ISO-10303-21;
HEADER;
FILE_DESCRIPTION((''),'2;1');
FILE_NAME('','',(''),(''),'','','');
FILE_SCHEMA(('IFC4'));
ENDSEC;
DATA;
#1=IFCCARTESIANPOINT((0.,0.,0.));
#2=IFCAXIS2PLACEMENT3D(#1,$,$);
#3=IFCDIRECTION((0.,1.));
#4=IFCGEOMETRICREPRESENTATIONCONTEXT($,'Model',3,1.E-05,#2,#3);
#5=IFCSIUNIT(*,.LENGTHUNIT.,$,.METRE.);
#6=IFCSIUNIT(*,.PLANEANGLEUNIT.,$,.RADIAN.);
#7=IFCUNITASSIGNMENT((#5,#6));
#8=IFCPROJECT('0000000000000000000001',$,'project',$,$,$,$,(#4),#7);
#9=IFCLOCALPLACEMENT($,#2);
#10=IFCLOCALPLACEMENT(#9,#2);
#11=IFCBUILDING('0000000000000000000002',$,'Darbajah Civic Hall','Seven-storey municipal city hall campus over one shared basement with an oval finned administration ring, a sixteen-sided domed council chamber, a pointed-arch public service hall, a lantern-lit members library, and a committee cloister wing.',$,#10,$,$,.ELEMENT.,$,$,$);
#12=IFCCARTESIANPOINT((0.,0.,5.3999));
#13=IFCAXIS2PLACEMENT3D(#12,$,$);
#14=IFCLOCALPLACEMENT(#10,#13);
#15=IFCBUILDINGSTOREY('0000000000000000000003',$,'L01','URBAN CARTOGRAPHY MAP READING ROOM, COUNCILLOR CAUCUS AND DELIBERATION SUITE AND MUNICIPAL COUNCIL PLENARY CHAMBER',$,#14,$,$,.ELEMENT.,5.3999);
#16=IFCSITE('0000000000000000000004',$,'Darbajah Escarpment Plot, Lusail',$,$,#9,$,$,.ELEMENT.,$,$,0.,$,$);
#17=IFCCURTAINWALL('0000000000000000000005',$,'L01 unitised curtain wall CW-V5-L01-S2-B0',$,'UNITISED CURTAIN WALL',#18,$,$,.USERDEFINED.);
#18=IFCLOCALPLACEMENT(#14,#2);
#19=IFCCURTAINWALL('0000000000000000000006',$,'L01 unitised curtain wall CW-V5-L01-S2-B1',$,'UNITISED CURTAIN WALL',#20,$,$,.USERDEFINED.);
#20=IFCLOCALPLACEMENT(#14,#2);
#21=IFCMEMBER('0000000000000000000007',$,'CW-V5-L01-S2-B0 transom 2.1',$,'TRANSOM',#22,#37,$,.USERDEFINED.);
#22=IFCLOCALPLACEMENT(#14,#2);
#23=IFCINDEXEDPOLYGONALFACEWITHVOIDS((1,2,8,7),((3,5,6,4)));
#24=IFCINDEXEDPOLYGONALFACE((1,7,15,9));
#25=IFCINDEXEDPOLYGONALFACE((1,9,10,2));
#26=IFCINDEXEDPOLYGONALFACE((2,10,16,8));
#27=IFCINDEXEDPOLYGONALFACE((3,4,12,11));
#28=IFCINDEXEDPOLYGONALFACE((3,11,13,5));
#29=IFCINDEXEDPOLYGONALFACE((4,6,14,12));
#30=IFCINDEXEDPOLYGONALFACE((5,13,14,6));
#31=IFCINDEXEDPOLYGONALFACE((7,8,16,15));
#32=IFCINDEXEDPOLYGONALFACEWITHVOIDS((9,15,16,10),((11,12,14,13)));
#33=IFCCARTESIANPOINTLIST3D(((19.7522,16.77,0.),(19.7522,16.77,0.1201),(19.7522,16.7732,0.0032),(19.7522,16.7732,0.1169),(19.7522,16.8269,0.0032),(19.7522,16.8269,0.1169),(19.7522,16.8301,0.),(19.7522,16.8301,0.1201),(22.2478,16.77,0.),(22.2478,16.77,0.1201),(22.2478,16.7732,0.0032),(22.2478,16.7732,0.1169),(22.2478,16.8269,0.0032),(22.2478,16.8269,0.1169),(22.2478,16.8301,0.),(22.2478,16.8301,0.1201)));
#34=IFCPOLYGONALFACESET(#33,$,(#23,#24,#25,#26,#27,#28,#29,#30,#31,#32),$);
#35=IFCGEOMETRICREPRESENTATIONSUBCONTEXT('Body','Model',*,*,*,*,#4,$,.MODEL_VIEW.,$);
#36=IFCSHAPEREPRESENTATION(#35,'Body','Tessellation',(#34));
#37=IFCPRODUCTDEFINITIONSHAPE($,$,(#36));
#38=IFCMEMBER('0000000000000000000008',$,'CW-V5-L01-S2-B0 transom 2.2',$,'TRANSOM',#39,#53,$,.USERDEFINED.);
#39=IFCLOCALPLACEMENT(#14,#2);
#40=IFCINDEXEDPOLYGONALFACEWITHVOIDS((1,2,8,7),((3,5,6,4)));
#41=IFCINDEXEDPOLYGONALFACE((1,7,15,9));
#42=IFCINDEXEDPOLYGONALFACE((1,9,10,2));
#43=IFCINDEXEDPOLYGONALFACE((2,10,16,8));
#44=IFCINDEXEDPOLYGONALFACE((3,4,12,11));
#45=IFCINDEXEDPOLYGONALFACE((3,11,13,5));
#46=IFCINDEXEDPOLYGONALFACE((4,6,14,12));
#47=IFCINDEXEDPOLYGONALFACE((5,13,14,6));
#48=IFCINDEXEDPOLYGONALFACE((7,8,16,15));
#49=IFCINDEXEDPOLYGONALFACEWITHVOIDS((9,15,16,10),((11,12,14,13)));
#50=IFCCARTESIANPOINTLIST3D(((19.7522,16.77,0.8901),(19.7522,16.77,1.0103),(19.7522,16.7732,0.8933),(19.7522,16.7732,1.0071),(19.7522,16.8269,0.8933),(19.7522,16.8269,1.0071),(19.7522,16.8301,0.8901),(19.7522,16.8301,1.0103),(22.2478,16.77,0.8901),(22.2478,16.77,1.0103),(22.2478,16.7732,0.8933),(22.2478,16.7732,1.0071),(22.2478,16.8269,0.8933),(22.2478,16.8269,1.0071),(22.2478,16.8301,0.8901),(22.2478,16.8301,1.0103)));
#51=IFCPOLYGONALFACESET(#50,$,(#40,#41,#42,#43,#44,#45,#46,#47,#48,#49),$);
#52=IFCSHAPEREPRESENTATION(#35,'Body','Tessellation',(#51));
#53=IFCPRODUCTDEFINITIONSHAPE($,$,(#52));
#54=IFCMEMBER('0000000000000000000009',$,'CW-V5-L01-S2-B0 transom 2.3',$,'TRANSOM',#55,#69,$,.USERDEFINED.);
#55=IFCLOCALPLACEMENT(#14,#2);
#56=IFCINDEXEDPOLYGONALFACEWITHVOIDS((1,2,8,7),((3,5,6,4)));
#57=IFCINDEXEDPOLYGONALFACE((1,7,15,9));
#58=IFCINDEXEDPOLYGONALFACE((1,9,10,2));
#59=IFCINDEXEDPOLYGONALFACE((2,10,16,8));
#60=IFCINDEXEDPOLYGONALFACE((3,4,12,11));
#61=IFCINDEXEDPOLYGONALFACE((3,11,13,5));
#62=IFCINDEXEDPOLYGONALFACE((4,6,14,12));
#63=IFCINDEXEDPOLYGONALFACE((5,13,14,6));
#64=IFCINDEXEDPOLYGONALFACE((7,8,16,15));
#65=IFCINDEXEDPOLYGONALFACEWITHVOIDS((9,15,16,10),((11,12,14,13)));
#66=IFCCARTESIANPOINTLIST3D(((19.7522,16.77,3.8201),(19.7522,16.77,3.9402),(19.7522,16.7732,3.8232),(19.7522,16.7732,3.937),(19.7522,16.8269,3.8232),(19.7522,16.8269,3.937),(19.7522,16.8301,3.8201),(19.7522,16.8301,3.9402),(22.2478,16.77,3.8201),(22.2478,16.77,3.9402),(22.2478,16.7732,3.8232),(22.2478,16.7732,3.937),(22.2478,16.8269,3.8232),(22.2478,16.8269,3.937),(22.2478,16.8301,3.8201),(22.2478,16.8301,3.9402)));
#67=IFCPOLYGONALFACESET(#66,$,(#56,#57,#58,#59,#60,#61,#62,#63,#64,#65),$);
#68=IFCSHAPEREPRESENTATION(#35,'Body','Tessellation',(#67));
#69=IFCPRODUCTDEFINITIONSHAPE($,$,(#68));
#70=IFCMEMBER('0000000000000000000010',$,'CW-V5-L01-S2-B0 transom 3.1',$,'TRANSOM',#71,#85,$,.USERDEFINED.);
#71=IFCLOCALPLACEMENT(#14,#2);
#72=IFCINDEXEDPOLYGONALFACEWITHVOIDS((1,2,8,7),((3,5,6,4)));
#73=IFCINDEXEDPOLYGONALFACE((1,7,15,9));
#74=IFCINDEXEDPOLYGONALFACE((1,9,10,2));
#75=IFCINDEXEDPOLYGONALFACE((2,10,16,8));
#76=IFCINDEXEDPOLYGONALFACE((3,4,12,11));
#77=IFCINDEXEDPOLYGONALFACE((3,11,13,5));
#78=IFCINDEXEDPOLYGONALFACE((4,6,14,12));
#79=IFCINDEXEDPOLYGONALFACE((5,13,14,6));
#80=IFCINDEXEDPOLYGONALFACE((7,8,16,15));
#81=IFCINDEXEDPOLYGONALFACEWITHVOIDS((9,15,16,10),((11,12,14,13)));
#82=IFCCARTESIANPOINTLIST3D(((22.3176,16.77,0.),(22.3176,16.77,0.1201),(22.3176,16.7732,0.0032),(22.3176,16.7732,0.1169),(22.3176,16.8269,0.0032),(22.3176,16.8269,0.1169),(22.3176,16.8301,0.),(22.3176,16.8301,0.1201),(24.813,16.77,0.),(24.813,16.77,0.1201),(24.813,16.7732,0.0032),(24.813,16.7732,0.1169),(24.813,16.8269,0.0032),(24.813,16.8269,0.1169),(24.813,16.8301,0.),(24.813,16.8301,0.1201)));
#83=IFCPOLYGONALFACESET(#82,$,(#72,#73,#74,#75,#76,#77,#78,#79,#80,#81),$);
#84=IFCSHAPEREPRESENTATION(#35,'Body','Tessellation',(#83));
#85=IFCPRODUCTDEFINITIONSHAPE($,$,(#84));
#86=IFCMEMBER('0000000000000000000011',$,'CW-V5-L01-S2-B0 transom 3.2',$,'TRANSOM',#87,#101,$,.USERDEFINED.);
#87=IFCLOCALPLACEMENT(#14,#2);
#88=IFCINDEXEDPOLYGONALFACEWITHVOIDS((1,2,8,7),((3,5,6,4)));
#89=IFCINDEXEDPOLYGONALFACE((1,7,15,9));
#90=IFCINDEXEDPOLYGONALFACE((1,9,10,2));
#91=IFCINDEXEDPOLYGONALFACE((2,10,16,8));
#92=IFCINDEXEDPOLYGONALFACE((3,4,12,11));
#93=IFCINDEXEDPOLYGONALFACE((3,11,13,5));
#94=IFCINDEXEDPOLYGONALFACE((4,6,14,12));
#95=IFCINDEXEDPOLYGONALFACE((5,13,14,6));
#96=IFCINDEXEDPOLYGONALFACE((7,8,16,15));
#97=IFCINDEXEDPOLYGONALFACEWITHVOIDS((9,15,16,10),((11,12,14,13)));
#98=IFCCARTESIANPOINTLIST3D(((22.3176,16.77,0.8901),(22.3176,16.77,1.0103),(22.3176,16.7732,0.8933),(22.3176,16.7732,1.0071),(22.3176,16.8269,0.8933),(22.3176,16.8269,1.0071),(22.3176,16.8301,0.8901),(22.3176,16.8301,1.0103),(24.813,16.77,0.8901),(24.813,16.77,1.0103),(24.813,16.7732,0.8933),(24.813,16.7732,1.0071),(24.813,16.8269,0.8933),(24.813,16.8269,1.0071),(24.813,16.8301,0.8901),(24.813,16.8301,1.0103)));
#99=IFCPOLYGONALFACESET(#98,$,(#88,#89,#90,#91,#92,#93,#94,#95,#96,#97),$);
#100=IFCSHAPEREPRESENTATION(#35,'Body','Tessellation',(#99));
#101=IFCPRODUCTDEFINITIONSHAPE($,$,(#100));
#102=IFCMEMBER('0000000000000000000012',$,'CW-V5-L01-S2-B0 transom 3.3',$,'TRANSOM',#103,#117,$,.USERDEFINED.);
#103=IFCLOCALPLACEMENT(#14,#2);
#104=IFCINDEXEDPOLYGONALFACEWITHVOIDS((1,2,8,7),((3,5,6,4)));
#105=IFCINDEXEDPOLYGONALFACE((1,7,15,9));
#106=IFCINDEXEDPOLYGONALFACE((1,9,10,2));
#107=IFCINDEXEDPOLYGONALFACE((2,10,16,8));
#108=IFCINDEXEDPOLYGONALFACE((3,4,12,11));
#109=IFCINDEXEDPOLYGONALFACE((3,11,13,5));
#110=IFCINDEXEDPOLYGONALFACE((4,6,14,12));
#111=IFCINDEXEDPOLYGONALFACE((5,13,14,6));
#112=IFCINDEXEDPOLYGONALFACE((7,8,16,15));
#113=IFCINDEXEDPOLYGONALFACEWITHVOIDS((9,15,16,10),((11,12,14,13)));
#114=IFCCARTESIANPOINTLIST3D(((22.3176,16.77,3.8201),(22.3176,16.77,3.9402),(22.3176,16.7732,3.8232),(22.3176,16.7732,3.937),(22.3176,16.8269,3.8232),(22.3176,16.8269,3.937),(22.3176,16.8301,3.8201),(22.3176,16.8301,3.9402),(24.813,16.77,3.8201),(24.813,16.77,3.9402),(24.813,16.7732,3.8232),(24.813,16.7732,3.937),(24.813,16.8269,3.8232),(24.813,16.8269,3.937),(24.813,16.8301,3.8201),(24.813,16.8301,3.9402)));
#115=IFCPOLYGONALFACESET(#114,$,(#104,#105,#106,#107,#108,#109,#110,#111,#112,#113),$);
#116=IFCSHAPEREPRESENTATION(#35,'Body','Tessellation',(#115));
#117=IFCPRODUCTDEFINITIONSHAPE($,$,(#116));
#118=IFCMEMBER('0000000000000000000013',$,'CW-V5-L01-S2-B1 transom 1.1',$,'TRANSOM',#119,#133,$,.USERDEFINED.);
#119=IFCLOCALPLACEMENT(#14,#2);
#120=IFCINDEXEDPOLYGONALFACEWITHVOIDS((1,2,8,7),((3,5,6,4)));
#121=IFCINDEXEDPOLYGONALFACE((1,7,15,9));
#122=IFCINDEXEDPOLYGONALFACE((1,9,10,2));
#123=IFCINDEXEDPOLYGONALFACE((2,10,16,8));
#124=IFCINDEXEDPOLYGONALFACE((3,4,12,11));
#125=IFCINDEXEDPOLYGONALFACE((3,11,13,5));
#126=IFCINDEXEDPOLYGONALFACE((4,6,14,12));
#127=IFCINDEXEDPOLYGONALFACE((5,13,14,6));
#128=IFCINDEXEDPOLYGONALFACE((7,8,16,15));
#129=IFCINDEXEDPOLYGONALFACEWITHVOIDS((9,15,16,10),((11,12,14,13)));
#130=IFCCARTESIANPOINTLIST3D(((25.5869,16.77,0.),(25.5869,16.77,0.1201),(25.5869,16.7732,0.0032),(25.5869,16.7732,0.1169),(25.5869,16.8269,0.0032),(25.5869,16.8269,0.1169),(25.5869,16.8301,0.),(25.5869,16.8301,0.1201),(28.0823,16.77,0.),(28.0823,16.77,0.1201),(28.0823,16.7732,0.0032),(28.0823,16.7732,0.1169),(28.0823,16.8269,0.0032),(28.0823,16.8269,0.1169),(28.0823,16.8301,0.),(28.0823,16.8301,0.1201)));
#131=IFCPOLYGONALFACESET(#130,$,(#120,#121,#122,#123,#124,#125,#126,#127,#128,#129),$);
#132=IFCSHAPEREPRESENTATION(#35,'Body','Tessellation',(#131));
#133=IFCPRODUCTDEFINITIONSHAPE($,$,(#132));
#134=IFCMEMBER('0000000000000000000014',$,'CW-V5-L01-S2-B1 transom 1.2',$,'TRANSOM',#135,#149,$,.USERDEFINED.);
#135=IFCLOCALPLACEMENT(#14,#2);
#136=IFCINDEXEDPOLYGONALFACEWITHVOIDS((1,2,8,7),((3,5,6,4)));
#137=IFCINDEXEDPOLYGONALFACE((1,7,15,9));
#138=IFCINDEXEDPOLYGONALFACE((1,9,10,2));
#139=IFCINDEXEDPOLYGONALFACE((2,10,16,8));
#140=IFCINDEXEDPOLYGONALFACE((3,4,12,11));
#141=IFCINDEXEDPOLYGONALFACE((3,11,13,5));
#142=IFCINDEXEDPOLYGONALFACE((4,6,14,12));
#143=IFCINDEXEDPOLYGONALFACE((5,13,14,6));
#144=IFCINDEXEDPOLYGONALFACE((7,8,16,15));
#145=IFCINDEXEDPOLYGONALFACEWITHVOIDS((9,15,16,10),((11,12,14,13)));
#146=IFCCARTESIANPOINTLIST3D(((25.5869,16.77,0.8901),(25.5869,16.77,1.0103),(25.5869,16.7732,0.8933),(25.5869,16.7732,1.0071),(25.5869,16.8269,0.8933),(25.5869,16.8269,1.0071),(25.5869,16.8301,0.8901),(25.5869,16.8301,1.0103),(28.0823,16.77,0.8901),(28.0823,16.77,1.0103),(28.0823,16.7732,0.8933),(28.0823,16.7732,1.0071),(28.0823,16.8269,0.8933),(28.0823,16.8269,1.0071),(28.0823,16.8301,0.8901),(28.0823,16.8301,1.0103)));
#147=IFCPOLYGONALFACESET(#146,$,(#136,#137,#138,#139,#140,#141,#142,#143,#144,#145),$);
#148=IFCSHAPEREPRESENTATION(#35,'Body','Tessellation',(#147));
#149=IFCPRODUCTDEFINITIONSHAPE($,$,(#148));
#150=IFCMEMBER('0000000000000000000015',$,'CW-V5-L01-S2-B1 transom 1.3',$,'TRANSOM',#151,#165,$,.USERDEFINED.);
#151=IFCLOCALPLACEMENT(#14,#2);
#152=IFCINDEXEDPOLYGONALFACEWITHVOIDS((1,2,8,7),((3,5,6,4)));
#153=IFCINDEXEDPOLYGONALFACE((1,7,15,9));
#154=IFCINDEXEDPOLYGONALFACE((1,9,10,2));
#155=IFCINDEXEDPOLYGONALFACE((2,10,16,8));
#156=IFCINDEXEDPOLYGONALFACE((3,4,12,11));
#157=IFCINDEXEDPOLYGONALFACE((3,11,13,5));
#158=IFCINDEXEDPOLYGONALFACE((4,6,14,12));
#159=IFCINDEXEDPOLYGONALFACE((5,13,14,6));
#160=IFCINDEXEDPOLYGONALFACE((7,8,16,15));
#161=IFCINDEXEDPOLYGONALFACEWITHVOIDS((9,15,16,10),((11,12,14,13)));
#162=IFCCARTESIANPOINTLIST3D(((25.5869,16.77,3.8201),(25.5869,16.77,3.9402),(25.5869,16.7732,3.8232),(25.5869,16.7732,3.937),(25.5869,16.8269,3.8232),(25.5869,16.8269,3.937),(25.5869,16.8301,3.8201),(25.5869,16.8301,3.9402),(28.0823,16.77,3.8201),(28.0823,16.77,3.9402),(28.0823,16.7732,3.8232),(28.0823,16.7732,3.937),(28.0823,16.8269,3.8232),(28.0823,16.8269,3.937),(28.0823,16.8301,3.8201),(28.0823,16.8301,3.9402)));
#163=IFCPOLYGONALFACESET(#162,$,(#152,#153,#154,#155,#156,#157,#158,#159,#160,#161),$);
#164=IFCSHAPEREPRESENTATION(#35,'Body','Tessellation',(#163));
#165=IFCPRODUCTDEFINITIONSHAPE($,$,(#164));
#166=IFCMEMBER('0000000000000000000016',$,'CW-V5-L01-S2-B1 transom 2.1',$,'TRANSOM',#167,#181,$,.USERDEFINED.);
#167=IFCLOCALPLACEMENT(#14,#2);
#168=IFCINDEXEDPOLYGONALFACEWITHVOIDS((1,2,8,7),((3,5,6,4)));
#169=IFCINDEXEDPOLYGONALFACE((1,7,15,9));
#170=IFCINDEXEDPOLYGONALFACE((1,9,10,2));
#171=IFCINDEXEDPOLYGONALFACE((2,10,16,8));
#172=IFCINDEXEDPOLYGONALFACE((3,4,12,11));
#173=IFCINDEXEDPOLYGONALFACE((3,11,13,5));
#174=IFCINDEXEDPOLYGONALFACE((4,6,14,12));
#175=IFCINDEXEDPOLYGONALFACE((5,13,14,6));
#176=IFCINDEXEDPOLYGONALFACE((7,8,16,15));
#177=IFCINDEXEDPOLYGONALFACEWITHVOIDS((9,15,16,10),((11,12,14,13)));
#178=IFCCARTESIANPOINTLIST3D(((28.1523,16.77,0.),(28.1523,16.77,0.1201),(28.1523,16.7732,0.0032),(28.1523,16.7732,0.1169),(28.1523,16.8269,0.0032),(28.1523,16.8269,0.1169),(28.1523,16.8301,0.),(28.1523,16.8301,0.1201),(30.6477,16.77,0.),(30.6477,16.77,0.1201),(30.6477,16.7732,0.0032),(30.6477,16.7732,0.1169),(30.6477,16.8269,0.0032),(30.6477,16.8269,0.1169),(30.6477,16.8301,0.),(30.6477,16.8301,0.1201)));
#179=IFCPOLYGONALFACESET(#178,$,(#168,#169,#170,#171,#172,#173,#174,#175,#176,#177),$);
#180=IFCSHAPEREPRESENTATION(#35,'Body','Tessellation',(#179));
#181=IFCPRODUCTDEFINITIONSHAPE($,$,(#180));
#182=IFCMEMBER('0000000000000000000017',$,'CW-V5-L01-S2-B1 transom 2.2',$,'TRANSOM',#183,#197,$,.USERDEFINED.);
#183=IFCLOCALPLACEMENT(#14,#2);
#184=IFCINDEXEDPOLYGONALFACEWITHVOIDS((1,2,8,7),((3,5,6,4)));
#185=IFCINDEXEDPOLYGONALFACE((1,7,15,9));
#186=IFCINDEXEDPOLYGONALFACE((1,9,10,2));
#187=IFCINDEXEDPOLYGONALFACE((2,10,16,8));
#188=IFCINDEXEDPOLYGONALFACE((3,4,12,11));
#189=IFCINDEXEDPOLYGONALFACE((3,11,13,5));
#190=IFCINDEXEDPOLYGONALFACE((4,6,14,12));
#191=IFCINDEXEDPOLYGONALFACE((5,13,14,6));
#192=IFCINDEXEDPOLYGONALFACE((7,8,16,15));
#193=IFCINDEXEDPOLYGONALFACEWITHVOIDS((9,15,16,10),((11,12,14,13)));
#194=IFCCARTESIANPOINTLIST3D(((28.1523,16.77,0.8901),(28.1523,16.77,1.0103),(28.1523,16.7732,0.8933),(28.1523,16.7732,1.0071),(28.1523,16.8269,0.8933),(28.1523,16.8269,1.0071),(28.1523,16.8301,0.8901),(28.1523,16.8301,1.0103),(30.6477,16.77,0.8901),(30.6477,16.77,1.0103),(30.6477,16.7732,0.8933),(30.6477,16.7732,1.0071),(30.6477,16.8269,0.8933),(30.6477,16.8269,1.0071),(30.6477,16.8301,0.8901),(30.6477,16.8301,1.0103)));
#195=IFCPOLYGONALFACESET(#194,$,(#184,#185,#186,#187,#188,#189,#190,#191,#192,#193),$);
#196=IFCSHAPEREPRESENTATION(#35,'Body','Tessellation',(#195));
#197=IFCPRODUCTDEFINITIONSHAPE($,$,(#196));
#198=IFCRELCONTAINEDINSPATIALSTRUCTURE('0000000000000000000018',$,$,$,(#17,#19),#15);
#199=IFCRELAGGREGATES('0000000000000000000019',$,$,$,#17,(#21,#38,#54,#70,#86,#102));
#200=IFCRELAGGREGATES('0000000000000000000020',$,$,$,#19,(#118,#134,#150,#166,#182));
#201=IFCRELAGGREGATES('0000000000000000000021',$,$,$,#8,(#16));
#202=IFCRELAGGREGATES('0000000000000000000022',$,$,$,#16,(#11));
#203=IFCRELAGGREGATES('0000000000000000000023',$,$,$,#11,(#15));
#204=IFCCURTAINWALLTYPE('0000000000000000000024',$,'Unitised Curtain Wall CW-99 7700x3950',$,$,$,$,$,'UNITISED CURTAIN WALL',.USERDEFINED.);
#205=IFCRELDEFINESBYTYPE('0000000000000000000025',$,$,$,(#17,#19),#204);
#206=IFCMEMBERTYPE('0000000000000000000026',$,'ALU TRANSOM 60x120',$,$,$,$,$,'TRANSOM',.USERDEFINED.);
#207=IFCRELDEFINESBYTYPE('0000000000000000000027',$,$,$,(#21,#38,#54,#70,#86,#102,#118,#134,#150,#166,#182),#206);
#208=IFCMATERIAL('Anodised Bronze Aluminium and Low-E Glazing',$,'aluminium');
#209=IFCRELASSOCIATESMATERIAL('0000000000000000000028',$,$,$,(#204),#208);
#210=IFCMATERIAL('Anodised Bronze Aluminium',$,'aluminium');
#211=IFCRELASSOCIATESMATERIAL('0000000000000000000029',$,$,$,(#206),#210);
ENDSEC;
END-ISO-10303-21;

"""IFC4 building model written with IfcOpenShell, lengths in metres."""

from ifc_helpers import new_model, si_unit, direction, frame, origin, origin_2d, place, context, subcontext, project, spatial, hollow_rectangle, extrude, material, material_profile, profile_set, type_object, element, aggregate, save


model = new_model("IFC4")

# Units and contexts
model_context = context("Model", 3, precision=1e-05, world=origin(), true_north=direction((0.0, 1.0)))
body_context = subcontext(model_context, "Body", "Model", "MODEL_VIEW")
ifc_project = project(units=[si_unit("LENGTHUNIT", "METRE"), si_unit("PLANEANGLEUNIT", "RADIAN")], contexts=[model_context])

# Site, building, storey
site_placement = place(None, origin())
site = spatial("IfcSite", under=ifc_project, at=site_placement, Name="Darbajah Escarpment Plot, Lusail", CompositionType="ELEMENT", RefElevation=0.0)
building_placement = place(site_placement, origin())
building = spatial("IfcBuilding", under=site, at=building_placement, Name="Darbajah Civic Hall", Description="Seven-storey municipal city hall campus over one shared basement with an oval finned administration ring, a sixteen-sided domed council chamber, a pointed-arch public service hall, a lantern-lit members library, and a committee cloister wing.", CompositionType="ELEMENT")
storey_placement = place(building_placement, frame((0.0, 0.0, 5.3999)))
storey = spatial("IfcBuildingStorey", under=building, at=storey_placement, Name="L01", Description="URBAN CARTOGRAPHY MAP READING ROOM, COUNCILLOR CAUCUS AND DELIBERATION SUITE AND MUNICIPAL COUNCIL PLENARY CHAMBER", CompositionType="ELEMENT", Elevation=5.3999)

# Curtain walls
ifc_material_1 = material(Name="Anodised Bronze Aluminium and Low-E Glazing", Category="aluminium")
curtain_wall_type = type_object("IfcCurtainWallType", Name="Unitised Curtain Wall CW-99 7700x3950", ElementType="UNITISED CURTAIN WALL", PredefinedType="USERDEFINED", material=ifc_material_1)
curtain_wall_1_placement = place(storey_placement, origin())
curtain_wall_1 = element("IfcCurtainWall", 1, at=curtain_wall_1_placement, inside=storey, type_object=curtain_wall_type, Name="L01 unitised curtain wall CW-V5-L01-S2-B0", ObjectType="UNITISED CURTAIN WALL", PredefinedType="USERDEFINED")
ifc_material_2 = material(Name="Anodised Bronze Aluminium", Category="aluminium")
curtain_wall_2_placement = place(storey_placement, origin())
curtain_wall_2 = element("IfcCurtainWall", 2, at=curtain_wall_2_placement, inside=storey, type_object=curtain_wall_type, Name="L01 unitised curtain wall CW-V5-L01-S2-B1", ObjectType="UNITISED CURTAIN WALL", PredefinedType="USERDEFINED")

# Members
ifc_material_profile_1 = material_profile(ifc_material_2, hollow_rectangle(XDim=0.0601, YDim=0.1201, WallThickness=0.0032, at=origin_2d()), Name="ALU TRANSOM 60x120")
ifc_profile_set_1 = profile_set([ifc_material_profile_1], Name="Anodised Bronze Aluminium")
member_type_1 = type_object("IfcMemberType", Name="ALU TRANSOM 60x120", ElementType="TRANSOM", PredefinedType="USERDEFINED", material=ifc_profile_set_1)
member_1_placement = place(storey_placement, frame((19.7522, 16.8, 0.0601), z_axis=(1.0, 0.0, 0.0), x_axis=(0.0, 1.0, 0.0)))
member_1 = element("IfcMember", 3, at=member_1_placement, type_object=member_type_1, Name="CW-V5-L01-S2-B0 transom 2.1", ObjectType="TRANSOM", PredefinedType="USERDEFINED", context=body_context, shape_type="SweptSolid", body=[
    extrude(hollow_rectangle(XDim=0.0601, YDim=0.1201, WallThickness=0.0032, at=origin_2d()), origin(), (0.0, 0.0, 1.0), 2.4956),
])
member_2_placement = place(storey_placement, frame((19.7522, 16.8, 0.9502), z_axis=(1.0, 0.0, 0.0), x_axis=(0.0, 1.0, 0.0)))
member_2 = element("IfcMember", 4, at=member_2_placement, type_object=member_type_1, Name="CW-V5-L01-S2-B0 transom 2.2", ObjectType="TRANSOM", PredefinedType="USERDEFINED", context=body_context, shape_type="SweptSolid", body=[
    extrude(hollow_rectangle(XDim=0.0601, YDim=0.1201, WallThickness=0.0032, at=origin_2d()), origin(), (0.0, 0.0, 1.0), 2.4956),
])
member_3_placement = place(storey_placement, frame((19.7522, 16.8, 3.8801), z_axis=(1.0, 0.0, 0.0), x_axis=(0.0, 1.0, 0.0)))
member_3 = element("IfcMember", 5, at=member_3_placement, type_object=member_type_1, Name="CW-V5-L01-S2-B0 transom 2.3", ObjectType="TRANSOM", PredefinedType="USERDEFINED", context=body_context, shape_type="SweptSolid", body=[
    extrude(hollow_rectangle(XDim=0.0601, YDim=0.1201, WallThickness=0.0032, at=origin_2d()), origin(), (0.0, 0.0, 1.0), 2.4956),
])
member_4_placement = place(storey_placement, frame((22.3176, 16.8, 0.0601), z_axis=(1.0, 0.0, 0.0), x_axis=(0.0, 1.0, 0.0)))
member_4 = element("IfcMember", 6, at=member_4_placement, type_object=member_type_1, Name="CW-V5-L01-S2-B0 transom 3.1", ObjectType="TRANSOM", PredefinedType="USERDEFINED", context=body_context, shape_type="SweptSolid", body=[
    extrude(hollow_rectangle(XDim=0.0601, YDim=0.1201, WallThickness=0.0032, at=origin_2d()), origin(), (0.0, 0.0, 1.0), 2.4954),
])
member_5_placement = place(storey_placement, frame((22.3176, 16.8, 0.9502), z_axis=(1.0, 0.0, 0.0), x_axis=(0.0, 1.0, 0.0)))
member_5 = element("IfcMember", 7, at=member_5_placement, type_object=member_type_1, Name="CW-V5-L01-S2-B0 transom 3.2", ObjectType="TRANSOM", PredefinedType="USERDEFINED", context=body_context, shape_type="SweptSolid", body=[
    extrude(hollow_rectangle(XDim=0.0601, YDim=0.1201, WallThickness=0.0032, at=origin_2d()), origin(), (0.0, 0.0, 1.0), 2.4954),
])
member_6_placement = place(storey_placement, frame((22.3176, 16.8, 3.8801), z_axis=(1.0, 0.0, 0.0), x_axis=(0.0, 1.0, 0.0)))
member_6 = element("IfcMember", 8, at=member_6_placement, type_object=member_type_1, Name="CW-V5-L01-S2-B0 transom 3.3", ObjectType="TRANSOM", PredefinedType="USERDEFINED", context=body_context, shape_type="SweptSolid", body=[
    extrude(hollow_rectangle(XDim=0.0601, YDim=0.1201, WallThickness=0.0032, at=origin_2d()), origin(), (0.0, 0.0, 1.0), 2.4954),
])
member_7_placement = place(storey_placement, frame((25.5869, 16.8, 0.0601), z_axis=(1.0, 0.0, 0.0), x_axis=(0.0, 1.0, 0.0)))
member_7 = element("IfcMember", 9, at=member_7_placement, type_object=member_type_1, Name="CW-V5-L01-S2-B1 transom 1.1", ObjectType="TRANSOM", PredefinedType="USERDEFINED", context=body_context, shape_type="SweptSolid", body=[
    extrude(hollow_rectangle(XDim=0.0601, YDim=0.1201, WallThickness=0.0032, at=origin_2d()), origin(), (0.0, 0.0, 1.0), 2.4954),
])
member_8_placement = place(storey_placement, frame((25.5869, 16.8, 0.9502), z_axis=(1.0, 0.0, 0.0), x_axis=(0.0, 1.0, 0.0)))
member_8 = element("IfcMember", 10, at=member_8_placement, type_object=member_type_1, Name="CW-V5-L01-S2-B1 transom 1.2", ObjectType="TRANSOM", PredefinedType="USERDEFINED", context=body_context, shape_type="SweptSolid", body=[
    extrude(hollow_rectangle(XDim=0.0601, YDim=0.1201, WallThickness=0.0032, at=origin_2d()), origin(), (0.0, 0.0, 1.0), 2.4954),
])
member_9_placement = place(storey_placement, frame((25.5869, 16.8, 3.8801), z_axis=(1.0, 0.0, 0.0), x_axis=(0.0, 1.0, 0.0)))
member_9 = element("IfcMember", 11, at=member_9_placement, type_object=member_type_1, Name="CW-V5-L01-S2-B1 transom 1.3", ObjectType="TRANSOM", PredefinedType="USERDEFINED", context=body_context, shape_type="SweptSolid", body=[
    extrude(hollow_rectangle(XDim=0.0601, YDim=0.1201, WallThickness=0.0032, at=origin_2d()), origin(), (0.0, 0.0, 1.0), 2.4954),
])
member_10_placement = place(storey_placement, frame((28.1523, 16.8, 0.0601), z_axis=(1.0, 0.0, 0.0), x_axis=(0.0, 1.0, 0.0)))
member_10 = element("IfcMember", 12, at=member_10_placement, type_object=member_type_1, Name="CW-V5-L01-S2-B1 transom 2.1", ObjectType="TRANSOM", PredefinedType="USERDEFINED", context=body_context, shape_type="SweptSolid", body=[
    extrude(hollow_rectangle(XDim=0.0601, YDim=0.1201, WallThickness=0.0032, at=origin_2d()), origin(), (0.0, 0.0, 1.0), 2.4954),
])
member_11_placement = place(storey_placement, frame((28.1523, 16.8, 0.9502), z_axis=(1.0, 0.0, 0.0), x_axis=(0.0, 1.0, 0.0)))
member_11 = element("IfcMember", 13, at=member_11_placement, type_object=member_type_1, Name="CW-V5-L01-S2-B1 transom 2.2", ObjectType="TRANSOM", PredefinedType="USERDEFINED", context=body_context, shape_type="SweptSolid", body=[
    extrude(hollow_rectangle(XDim=0.0601, YDim=0.1201, WallThickness=0.0032, at=origin_2d()), origin(), (0.0, 0.0, 1.0), 2.4954),
])

aggregate(curtain_wall_1, [member_1, member_2, member_3, member_4, member_5, member_6])
aggregate(curtain_wall_2, [member_7, member_8, member_9, member_10, member_11])

save(model, "model.ifc")
